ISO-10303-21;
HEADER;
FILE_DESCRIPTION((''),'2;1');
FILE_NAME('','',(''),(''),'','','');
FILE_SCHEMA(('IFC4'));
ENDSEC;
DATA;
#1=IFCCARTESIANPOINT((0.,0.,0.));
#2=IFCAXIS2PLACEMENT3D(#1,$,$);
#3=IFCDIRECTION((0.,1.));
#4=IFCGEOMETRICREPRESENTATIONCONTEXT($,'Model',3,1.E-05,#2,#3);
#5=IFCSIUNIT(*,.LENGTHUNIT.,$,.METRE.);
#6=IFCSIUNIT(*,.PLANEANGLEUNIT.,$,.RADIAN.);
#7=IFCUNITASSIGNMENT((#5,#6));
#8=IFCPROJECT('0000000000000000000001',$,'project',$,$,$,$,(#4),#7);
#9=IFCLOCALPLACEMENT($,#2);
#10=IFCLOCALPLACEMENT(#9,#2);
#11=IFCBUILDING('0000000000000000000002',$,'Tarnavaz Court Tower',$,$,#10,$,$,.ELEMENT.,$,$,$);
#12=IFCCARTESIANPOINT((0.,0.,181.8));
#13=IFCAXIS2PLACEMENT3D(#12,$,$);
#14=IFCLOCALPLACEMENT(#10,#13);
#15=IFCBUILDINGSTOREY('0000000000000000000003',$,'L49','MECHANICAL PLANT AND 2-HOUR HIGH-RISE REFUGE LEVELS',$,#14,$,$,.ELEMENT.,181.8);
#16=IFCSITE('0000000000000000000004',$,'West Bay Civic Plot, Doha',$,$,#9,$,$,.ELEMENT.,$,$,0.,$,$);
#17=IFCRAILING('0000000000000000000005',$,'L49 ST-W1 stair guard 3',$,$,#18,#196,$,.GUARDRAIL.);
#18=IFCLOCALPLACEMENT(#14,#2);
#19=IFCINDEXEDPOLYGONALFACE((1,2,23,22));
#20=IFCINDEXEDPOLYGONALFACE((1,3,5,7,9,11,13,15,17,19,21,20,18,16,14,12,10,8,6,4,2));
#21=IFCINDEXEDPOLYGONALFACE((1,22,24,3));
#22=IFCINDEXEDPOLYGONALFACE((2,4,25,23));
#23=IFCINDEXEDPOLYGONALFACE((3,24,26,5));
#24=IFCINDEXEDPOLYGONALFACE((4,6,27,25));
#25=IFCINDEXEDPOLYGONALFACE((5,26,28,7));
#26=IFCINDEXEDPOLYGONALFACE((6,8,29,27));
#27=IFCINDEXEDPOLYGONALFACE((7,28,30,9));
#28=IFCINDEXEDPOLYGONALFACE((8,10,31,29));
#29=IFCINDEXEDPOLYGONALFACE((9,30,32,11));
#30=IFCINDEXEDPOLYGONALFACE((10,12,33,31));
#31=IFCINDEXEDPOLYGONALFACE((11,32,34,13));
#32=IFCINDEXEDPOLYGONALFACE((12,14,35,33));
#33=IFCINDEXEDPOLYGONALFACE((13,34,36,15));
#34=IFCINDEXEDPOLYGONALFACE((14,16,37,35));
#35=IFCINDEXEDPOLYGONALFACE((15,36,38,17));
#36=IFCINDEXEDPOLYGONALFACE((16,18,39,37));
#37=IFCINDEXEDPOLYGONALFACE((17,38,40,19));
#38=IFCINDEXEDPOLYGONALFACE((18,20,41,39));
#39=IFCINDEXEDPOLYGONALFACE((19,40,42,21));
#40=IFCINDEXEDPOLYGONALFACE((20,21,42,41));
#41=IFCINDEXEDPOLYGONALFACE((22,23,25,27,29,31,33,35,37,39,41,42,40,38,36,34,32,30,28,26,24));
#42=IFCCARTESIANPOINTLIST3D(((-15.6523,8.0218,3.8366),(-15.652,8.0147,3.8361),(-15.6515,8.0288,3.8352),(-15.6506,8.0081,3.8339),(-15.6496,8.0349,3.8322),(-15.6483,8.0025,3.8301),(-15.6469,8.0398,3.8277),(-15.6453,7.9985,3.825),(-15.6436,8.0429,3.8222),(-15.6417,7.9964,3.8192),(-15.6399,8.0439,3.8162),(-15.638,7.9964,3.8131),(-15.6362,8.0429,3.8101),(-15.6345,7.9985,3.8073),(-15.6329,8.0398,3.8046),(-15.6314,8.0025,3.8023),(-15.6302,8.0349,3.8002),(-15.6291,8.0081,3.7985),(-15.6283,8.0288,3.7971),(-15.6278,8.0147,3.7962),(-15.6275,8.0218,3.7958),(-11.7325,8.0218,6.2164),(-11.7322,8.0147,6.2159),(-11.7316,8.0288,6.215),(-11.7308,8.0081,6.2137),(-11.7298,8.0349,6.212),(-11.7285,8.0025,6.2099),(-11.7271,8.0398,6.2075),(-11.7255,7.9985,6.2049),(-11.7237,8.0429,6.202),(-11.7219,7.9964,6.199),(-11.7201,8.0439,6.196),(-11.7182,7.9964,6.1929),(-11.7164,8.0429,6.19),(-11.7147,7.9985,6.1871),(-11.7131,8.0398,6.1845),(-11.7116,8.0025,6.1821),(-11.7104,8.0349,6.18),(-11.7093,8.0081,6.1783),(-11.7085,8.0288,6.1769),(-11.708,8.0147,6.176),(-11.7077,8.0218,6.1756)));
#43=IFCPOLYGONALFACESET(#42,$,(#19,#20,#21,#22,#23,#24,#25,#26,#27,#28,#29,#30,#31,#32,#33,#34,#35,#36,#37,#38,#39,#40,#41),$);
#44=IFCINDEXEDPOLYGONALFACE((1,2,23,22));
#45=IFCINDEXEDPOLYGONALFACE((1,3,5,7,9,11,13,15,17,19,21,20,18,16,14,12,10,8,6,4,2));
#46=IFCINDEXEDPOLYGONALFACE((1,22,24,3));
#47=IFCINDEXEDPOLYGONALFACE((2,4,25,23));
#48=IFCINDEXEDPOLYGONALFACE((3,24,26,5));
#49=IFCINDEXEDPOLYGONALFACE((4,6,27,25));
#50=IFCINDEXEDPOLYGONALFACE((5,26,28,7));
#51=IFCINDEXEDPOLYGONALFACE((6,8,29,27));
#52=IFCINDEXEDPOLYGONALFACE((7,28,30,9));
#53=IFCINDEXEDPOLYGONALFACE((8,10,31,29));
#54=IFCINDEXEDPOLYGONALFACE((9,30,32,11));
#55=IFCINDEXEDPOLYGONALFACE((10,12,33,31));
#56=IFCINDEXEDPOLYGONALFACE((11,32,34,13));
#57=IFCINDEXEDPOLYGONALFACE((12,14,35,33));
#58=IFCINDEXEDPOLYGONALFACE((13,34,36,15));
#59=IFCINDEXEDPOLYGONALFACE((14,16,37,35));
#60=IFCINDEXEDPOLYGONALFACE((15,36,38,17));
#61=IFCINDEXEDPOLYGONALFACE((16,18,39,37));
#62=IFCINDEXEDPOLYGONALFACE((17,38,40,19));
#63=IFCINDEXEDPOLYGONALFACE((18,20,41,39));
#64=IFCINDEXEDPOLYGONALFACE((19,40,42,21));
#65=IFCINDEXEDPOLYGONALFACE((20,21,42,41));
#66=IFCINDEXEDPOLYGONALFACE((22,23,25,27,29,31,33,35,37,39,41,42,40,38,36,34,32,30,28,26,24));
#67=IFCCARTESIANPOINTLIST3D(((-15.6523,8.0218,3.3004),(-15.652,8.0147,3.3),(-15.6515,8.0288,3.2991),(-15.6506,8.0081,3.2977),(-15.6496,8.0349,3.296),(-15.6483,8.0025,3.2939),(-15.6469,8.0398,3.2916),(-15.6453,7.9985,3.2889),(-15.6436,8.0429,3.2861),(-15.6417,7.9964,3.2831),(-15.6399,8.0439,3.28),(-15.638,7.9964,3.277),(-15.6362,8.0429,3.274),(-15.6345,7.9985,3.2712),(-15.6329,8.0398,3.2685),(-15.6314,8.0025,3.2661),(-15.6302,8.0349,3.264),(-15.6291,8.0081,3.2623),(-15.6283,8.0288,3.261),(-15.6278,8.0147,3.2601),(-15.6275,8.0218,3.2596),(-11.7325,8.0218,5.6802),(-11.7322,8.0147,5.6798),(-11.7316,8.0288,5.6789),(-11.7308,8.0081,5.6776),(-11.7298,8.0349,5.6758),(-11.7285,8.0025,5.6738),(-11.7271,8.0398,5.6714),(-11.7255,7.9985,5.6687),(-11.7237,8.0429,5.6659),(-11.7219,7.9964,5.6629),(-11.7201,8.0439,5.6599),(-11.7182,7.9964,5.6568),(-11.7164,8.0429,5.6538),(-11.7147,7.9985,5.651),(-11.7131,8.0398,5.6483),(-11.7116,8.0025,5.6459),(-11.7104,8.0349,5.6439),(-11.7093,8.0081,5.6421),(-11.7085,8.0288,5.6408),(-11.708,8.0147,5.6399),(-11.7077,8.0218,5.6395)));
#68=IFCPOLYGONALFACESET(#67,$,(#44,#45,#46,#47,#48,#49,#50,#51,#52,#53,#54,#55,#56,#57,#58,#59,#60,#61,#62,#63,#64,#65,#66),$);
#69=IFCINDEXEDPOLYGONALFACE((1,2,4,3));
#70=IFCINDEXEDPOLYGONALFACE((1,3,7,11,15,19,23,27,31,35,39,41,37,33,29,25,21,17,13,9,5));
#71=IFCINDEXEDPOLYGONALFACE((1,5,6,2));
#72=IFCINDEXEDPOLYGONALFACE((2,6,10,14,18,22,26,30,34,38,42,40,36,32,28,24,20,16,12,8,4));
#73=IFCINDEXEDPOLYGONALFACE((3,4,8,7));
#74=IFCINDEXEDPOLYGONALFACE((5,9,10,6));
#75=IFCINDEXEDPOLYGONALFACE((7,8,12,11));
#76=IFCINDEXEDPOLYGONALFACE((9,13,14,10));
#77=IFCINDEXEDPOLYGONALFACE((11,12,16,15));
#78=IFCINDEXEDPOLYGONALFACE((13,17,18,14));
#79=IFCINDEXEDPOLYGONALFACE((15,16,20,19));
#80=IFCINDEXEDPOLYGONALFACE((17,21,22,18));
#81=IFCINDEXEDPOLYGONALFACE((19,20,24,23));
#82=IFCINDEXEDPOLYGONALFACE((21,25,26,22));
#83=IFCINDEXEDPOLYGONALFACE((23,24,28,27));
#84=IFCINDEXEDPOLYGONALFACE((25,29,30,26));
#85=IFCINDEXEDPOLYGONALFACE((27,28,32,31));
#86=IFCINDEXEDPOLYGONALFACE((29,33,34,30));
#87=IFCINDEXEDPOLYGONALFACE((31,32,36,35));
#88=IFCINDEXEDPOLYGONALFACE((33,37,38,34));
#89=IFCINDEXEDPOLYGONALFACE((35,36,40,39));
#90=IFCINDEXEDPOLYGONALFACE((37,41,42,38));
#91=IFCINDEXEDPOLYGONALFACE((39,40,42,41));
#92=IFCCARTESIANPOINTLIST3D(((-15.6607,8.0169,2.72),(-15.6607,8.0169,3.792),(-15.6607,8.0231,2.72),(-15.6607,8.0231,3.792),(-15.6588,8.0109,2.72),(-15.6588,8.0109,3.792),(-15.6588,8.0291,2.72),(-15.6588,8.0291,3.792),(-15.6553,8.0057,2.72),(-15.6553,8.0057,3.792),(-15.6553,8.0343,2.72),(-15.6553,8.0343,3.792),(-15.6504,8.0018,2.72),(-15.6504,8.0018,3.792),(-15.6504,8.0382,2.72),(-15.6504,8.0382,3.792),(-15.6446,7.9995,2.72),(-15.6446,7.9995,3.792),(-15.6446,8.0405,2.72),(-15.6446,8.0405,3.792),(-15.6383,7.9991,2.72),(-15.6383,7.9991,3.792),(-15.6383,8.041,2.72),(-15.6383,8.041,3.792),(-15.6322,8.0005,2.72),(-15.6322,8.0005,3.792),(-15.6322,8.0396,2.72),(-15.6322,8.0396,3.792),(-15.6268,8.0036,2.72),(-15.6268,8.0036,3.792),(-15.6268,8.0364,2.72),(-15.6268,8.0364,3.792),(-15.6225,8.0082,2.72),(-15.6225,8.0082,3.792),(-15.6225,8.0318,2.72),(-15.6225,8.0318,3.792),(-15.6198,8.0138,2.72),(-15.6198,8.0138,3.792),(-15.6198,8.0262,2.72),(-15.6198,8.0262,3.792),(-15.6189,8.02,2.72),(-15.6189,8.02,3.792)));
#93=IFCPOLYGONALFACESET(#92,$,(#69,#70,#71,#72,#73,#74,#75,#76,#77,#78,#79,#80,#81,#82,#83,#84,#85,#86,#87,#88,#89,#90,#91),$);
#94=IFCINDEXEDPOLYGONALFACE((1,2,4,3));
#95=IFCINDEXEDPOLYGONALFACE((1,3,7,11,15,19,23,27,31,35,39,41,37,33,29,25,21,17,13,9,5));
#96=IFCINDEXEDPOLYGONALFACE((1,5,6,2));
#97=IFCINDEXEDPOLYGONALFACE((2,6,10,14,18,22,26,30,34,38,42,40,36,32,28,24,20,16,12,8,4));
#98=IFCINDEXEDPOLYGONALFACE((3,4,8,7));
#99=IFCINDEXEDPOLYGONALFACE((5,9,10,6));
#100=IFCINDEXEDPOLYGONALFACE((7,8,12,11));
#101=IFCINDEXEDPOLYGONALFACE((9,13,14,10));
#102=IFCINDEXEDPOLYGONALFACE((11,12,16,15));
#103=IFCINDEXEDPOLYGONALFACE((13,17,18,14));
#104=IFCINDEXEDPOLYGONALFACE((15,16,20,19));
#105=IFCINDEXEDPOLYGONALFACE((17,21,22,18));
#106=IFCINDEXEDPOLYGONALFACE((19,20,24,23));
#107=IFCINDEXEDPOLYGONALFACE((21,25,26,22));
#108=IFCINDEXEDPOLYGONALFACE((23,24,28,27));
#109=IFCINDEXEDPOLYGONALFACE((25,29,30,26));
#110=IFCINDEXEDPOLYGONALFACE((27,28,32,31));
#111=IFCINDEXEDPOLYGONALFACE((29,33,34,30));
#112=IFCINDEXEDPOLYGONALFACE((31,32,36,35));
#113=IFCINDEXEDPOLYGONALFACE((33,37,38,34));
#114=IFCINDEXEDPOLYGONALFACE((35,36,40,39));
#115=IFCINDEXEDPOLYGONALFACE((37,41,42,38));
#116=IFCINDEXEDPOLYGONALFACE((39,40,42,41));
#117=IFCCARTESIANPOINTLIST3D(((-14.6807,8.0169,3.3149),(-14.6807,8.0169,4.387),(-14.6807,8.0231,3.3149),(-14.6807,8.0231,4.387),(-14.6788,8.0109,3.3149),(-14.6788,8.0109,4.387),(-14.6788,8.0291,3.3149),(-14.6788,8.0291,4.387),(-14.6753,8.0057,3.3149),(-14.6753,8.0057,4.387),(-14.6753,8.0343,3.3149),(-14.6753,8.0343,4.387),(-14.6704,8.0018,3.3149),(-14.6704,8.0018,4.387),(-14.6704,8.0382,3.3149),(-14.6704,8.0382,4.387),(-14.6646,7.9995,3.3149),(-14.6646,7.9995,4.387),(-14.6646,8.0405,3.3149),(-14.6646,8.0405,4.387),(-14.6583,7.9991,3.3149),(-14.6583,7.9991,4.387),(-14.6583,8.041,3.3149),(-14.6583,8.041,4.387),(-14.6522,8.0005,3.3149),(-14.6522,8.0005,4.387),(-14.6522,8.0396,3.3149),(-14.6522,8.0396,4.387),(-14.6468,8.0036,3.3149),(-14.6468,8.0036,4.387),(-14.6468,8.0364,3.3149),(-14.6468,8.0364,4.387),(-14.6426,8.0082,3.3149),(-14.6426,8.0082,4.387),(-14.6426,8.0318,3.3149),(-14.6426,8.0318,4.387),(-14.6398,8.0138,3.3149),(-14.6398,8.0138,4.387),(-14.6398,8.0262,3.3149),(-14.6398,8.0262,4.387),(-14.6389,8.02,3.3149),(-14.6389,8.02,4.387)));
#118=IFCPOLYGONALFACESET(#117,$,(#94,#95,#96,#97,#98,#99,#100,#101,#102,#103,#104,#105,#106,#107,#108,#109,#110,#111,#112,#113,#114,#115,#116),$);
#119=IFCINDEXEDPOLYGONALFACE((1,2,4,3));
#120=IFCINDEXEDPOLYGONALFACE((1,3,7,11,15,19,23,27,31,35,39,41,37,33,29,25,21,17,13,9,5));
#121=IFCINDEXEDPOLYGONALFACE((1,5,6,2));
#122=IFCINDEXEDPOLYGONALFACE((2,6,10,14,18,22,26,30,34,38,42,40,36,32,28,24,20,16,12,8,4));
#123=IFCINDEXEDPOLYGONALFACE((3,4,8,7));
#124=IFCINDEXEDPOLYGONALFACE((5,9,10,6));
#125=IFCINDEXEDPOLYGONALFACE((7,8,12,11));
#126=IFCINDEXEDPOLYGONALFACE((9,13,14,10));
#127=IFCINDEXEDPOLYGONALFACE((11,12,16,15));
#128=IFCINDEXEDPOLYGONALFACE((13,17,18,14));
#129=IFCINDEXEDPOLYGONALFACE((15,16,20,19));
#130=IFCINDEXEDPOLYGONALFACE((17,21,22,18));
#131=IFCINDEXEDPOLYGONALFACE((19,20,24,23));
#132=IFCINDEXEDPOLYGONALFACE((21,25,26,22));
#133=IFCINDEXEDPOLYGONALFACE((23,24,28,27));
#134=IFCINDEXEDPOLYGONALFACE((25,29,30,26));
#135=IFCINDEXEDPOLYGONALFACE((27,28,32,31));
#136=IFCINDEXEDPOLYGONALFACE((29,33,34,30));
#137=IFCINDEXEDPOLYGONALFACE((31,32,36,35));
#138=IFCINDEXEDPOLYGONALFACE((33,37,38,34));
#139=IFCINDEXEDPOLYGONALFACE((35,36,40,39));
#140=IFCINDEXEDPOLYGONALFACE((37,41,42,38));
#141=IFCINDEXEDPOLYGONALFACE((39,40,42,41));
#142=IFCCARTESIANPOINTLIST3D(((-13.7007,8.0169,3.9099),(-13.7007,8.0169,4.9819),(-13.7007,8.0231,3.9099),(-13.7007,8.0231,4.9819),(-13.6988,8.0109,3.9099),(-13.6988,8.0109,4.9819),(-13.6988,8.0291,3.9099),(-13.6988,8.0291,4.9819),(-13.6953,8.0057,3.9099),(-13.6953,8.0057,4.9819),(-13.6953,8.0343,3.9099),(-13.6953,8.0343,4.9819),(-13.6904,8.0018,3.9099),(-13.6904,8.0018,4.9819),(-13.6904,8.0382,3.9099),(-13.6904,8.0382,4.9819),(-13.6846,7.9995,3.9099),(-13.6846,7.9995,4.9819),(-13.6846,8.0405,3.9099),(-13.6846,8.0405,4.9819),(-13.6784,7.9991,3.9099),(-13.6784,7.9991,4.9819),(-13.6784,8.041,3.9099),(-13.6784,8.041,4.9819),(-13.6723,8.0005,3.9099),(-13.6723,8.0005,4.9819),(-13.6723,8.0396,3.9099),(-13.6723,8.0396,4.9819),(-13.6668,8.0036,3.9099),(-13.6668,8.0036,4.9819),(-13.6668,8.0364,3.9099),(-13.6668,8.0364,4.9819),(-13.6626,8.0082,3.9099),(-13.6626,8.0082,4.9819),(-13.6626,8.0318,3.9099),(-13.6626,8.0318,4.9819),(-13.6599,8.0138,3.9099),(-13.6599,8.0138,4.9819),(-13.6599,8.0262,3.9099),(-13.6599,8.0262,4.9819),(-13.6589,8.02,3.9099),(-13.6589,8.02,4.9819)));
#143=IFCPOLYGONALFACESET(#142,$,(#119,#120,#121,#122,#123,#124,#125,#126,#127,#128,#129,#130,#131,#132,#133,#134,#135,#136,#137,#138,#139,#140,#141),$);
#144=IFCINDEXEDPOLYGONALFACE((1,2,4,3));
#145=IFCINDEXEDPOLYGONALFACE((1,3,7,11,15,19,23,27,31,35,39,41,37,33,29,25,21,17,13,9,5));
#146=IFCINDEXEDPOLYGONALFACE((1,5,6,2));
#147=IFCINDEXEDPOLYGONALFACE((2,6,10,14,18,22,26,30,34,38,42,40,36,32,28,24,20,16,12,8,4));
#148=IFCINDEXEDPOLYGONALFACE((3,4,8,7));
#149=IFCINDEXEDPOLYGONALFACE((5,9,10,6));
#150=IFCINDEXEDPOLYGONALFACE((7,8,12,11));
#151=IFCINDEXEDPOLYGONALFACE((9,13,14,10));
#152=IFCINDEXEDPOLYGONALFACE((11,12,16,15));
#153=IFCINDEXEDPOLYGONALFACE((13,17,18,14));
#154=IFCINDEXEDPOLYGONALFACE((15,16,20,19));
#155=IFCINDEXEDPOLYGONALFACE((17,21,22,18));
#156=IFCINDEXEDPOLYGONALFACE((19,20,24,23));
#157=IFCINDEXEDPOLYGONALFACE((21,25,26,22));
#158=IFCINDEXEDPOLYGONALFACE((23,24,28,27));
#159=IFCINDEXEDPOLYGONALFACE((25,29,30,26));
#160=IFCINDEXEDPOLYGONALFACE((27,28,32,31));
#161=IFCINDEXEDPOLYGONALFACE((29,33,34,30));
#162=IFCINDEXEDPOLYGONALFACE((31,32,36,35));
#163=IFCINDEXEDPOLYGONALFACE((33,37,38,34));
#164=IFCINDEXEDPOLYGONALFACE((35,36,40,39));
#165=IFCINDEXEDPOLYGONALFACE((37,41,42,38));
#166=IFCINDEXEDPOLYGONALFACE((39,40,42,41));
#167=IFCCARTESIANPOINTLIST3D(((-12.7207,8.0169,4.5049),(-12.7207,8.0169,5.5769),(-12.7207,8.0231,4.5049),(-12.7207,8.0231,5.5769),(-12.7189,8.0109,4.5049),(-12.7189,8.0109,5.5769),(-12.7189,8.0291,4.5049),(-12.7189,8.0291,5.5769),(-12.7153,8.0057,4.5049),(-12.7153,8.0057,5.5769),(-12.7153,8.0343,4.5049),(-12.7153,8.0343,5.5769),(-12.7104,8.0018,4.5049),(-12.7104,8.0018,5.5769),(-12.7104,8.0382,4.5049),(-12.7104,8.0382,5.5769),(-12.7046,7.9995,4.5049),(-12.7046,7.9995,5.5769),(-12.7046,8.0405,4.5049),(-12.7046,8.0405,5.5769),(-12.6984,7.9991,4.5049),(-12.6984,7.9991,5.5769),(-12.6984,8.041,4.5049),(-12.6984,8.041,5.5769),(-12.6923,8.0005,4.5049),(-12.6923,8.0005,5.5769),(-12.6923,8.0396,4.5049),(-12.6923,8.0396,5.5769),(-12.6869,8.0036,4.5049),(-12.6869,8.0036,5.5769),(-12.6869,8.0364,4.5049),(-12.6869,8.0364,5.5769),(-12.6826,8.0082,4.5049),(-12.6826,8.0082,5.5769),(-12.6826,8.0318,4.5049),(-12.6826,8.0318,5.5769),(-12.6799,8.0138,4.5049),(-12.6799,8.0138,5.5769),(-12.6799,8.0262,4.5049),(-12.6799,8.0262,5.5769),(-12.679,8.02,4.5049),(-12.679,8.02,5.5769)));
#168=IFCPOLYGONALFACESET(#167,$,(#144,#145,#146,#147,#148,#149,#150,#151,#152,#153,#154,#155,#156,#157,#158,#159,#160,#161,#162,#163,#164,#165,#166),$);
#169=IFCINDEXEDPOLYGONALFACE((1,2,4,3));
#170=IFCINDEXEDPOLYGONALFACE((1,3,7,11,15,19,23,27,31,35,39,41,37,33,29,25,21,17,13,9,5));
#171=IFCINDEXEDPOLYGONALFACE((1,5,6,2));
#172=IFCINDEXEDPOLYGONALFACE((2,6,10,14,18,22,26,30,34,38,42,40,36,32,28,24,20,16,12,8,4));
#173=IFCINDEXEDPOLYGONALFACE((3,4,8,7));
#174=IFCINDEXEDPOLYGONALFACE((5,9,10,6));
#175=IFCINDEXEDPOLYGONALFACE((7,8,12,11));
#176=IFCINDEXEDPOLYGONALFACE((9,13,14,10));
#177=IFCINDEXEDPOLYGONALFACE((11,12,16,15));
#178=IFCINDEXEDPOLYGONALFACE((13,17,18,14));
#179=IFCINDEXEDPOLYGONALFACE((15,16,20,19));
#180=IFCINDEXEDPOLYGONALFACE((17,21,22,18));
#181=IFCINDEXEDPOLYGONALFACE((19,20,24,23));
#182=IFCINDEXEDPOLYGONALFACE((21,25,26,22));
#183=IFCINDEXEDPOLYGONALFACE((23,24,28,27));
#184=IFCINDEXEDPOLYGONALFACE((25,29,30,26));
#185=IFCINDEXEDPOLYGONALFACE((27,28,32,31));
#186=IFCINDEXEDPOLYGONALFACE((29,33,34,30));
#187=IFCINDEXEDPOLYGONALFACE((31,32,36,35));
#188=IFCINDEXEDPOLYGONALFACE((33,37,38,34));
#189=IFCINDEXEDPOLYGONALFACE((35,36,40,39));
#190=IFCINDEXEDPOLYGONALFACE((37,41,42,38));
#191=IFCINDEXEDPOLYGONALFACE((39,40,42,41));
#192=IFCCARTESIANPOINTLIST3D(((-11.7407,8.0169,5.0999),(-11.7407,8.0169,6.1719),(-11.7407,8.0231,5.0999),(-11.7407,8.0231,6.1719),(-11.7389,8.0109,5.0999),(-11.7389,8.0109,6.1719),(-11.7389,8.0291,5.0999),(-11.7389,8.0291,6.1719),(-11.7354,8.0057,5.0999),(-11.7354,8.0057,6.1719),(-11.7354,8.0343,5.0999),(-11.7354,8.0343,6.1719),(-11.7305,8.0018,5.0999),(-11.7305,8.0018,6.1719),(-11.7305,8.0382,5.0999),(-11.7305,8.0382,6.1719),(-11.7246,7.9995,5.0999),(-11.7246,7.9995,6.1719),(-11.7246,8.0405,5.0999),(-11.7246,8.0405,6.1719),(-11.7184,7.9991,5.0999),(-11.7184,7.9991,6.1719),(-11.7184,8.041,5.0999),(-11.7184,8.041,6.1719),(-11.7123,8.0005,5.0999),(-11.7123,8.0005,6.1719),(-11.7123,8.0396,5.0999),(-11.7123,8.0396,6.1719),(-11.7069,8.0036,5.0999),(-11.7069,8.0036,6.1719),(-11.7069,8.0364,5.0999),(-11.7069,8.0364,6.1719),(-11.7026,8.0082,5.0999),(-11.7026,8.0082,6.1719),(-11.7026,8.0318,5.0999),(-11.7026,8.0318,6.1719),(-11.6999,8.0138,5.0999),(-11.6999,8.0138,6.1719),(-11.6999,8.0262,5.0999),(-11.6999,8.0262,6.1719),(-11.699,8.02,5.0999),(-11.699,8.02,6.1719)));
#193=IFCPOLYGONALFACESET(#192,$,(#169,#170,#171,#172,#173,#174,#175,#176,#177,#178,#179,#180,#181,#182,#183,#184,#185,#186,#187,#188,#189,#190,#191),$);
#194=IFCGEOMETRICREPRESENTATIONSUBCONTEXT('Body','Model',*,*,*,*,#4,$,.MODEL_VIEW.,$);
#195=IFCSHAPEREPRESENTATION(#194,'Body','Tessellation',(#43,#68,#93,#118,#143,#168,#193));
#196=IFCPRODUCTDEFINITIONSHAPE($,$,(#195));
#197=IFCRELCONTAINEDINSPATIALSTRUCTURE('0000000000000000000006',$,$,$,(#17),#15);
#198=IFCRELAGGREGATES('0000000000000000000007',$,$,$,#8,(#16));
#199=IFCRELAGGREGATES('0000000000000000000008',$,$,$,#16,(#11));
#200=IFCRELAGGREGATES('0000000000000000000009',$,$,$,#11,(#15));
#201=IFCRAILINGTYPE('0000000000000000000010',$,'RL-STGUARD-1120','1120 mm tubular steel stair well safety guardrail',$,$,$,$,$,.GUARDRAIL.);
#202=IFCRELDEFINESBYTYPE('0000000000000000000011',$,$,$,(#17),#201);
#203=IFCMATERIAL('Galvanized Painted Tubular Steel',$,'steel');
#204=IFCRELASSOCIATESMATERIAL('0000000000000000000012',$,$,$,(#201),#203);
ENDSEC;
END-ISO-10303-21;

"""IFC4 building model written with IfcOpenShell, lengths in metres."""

from ifc_helpers import new_model, si_unit, direction, frame, origin, origin_2d, place, context, subcontext, project, spatial, circle, extrude, material, type_object, element, save


model = new_model("IFC4")

# Units and contexts
model_context = context("Model", 3, precision=1e-05, world=origin(), true_north=direction((0.0, 1.0)))
body_context = subcontext(model_context, "Body", "Model", "MODEL_VIEW")
ifc_project = project(units=[si_unit("LENGTHUNIT", "METRE"), si_unit("PLANEANGLEUNIT", "RADIAN")], contexts=[model_context])

# Site, building, storey
site_placement = place(None, origin())
site = spatial("IfcSite", under=ifc_project, at=site_placement, Name="West Bay Civic Plot, Doha", CompositionType="ELEMENT", RefElevation=0.0)
building_placement = place(site_placement, origin())
building = spatial("IfcBuilding", under=site, at=building_placement, Name="Tarnavaz Court Tower", CompositionType="ELEMENT")
storey_placement = place(building_placement, frame((0.0, 0.0, 181.8)))
storey = spatial("IfcBuildingStorey", under=building, at=storey_placement, Name="L49", Description="MECHANICAL PLANT AND 2-HOUR HIGH-RISE REFUGE LEVELS", CompositionType="ELEMENT", Elevation=181.8)

# Railing
ifc_material_1 = material(Name="Galvanized Painted Tubular Steel", Category="steel")
railing_type = type_object("IfcRailingType", Name="RL-STGUARD-1120", Description="1120 mm tubular steel stair well safety guardrail", PredefinedType="GUARDRAIL", material=ifc_material_1)
railing_1_placement = place(storey_placement, frame((-15.6399, 8.02, 2.72)))
element("IfcRailing", 1, at=railing_1_placement, inside=storey, type_object=railing_type, Name="L49 ST-W1 stair guard 3", PredefinedType="GUARDRAIL", context=body_context, shape_type="SweptSolid", body=[
    extrude(circle(Radius=0.0239, at=origin_2d()), frame((0.0, 0.0, 1.0962), z_axis=(0.854794, 0.0, 0.518967), x_axis=(0.0, 1.0, 0.0)), (0.0, 0.0, 1.0), 4.5857),
    extrude(circle(Radius=0.0239, at=origin_2d()), frame((0.0, 0.0, 0.5601), z_axis=(0.854794, 0.0, 0.518967), x_axis=(0.0, 1.0, 0.0)), (0.0, 0.0, 1.0), 4.5857),
    extrude(circle(Radius=0.021, at=origin_2d()), origin(), (0.0, 0.0, 1.0), 1.072),
    extrude(circle(Radius=0.021, at=origin_2d()), frame((0.98, 0.0, 0.595)), (0.0, 0.0, 1.0), 1.072),
    extrude(circle(Radius=0.021, at=origin_2d()), frame((1.96, 0.0, 1.1899)), (0.0, 0.0, 1.0), 1.072),
    extrude(circle(Radius=0.021, at=origin_2d()), frame((2.9399, 0.0, 1.7849)), (0.0, 0.0, 1.0), 1.072),
    extrude(circle(Radius=0.021, at=origin_2d()), frame((3.9199, 0.0, 2.3799)), (0.0, 0.0, 1.0), 1.072),
])

save(model, "model.ifc")
